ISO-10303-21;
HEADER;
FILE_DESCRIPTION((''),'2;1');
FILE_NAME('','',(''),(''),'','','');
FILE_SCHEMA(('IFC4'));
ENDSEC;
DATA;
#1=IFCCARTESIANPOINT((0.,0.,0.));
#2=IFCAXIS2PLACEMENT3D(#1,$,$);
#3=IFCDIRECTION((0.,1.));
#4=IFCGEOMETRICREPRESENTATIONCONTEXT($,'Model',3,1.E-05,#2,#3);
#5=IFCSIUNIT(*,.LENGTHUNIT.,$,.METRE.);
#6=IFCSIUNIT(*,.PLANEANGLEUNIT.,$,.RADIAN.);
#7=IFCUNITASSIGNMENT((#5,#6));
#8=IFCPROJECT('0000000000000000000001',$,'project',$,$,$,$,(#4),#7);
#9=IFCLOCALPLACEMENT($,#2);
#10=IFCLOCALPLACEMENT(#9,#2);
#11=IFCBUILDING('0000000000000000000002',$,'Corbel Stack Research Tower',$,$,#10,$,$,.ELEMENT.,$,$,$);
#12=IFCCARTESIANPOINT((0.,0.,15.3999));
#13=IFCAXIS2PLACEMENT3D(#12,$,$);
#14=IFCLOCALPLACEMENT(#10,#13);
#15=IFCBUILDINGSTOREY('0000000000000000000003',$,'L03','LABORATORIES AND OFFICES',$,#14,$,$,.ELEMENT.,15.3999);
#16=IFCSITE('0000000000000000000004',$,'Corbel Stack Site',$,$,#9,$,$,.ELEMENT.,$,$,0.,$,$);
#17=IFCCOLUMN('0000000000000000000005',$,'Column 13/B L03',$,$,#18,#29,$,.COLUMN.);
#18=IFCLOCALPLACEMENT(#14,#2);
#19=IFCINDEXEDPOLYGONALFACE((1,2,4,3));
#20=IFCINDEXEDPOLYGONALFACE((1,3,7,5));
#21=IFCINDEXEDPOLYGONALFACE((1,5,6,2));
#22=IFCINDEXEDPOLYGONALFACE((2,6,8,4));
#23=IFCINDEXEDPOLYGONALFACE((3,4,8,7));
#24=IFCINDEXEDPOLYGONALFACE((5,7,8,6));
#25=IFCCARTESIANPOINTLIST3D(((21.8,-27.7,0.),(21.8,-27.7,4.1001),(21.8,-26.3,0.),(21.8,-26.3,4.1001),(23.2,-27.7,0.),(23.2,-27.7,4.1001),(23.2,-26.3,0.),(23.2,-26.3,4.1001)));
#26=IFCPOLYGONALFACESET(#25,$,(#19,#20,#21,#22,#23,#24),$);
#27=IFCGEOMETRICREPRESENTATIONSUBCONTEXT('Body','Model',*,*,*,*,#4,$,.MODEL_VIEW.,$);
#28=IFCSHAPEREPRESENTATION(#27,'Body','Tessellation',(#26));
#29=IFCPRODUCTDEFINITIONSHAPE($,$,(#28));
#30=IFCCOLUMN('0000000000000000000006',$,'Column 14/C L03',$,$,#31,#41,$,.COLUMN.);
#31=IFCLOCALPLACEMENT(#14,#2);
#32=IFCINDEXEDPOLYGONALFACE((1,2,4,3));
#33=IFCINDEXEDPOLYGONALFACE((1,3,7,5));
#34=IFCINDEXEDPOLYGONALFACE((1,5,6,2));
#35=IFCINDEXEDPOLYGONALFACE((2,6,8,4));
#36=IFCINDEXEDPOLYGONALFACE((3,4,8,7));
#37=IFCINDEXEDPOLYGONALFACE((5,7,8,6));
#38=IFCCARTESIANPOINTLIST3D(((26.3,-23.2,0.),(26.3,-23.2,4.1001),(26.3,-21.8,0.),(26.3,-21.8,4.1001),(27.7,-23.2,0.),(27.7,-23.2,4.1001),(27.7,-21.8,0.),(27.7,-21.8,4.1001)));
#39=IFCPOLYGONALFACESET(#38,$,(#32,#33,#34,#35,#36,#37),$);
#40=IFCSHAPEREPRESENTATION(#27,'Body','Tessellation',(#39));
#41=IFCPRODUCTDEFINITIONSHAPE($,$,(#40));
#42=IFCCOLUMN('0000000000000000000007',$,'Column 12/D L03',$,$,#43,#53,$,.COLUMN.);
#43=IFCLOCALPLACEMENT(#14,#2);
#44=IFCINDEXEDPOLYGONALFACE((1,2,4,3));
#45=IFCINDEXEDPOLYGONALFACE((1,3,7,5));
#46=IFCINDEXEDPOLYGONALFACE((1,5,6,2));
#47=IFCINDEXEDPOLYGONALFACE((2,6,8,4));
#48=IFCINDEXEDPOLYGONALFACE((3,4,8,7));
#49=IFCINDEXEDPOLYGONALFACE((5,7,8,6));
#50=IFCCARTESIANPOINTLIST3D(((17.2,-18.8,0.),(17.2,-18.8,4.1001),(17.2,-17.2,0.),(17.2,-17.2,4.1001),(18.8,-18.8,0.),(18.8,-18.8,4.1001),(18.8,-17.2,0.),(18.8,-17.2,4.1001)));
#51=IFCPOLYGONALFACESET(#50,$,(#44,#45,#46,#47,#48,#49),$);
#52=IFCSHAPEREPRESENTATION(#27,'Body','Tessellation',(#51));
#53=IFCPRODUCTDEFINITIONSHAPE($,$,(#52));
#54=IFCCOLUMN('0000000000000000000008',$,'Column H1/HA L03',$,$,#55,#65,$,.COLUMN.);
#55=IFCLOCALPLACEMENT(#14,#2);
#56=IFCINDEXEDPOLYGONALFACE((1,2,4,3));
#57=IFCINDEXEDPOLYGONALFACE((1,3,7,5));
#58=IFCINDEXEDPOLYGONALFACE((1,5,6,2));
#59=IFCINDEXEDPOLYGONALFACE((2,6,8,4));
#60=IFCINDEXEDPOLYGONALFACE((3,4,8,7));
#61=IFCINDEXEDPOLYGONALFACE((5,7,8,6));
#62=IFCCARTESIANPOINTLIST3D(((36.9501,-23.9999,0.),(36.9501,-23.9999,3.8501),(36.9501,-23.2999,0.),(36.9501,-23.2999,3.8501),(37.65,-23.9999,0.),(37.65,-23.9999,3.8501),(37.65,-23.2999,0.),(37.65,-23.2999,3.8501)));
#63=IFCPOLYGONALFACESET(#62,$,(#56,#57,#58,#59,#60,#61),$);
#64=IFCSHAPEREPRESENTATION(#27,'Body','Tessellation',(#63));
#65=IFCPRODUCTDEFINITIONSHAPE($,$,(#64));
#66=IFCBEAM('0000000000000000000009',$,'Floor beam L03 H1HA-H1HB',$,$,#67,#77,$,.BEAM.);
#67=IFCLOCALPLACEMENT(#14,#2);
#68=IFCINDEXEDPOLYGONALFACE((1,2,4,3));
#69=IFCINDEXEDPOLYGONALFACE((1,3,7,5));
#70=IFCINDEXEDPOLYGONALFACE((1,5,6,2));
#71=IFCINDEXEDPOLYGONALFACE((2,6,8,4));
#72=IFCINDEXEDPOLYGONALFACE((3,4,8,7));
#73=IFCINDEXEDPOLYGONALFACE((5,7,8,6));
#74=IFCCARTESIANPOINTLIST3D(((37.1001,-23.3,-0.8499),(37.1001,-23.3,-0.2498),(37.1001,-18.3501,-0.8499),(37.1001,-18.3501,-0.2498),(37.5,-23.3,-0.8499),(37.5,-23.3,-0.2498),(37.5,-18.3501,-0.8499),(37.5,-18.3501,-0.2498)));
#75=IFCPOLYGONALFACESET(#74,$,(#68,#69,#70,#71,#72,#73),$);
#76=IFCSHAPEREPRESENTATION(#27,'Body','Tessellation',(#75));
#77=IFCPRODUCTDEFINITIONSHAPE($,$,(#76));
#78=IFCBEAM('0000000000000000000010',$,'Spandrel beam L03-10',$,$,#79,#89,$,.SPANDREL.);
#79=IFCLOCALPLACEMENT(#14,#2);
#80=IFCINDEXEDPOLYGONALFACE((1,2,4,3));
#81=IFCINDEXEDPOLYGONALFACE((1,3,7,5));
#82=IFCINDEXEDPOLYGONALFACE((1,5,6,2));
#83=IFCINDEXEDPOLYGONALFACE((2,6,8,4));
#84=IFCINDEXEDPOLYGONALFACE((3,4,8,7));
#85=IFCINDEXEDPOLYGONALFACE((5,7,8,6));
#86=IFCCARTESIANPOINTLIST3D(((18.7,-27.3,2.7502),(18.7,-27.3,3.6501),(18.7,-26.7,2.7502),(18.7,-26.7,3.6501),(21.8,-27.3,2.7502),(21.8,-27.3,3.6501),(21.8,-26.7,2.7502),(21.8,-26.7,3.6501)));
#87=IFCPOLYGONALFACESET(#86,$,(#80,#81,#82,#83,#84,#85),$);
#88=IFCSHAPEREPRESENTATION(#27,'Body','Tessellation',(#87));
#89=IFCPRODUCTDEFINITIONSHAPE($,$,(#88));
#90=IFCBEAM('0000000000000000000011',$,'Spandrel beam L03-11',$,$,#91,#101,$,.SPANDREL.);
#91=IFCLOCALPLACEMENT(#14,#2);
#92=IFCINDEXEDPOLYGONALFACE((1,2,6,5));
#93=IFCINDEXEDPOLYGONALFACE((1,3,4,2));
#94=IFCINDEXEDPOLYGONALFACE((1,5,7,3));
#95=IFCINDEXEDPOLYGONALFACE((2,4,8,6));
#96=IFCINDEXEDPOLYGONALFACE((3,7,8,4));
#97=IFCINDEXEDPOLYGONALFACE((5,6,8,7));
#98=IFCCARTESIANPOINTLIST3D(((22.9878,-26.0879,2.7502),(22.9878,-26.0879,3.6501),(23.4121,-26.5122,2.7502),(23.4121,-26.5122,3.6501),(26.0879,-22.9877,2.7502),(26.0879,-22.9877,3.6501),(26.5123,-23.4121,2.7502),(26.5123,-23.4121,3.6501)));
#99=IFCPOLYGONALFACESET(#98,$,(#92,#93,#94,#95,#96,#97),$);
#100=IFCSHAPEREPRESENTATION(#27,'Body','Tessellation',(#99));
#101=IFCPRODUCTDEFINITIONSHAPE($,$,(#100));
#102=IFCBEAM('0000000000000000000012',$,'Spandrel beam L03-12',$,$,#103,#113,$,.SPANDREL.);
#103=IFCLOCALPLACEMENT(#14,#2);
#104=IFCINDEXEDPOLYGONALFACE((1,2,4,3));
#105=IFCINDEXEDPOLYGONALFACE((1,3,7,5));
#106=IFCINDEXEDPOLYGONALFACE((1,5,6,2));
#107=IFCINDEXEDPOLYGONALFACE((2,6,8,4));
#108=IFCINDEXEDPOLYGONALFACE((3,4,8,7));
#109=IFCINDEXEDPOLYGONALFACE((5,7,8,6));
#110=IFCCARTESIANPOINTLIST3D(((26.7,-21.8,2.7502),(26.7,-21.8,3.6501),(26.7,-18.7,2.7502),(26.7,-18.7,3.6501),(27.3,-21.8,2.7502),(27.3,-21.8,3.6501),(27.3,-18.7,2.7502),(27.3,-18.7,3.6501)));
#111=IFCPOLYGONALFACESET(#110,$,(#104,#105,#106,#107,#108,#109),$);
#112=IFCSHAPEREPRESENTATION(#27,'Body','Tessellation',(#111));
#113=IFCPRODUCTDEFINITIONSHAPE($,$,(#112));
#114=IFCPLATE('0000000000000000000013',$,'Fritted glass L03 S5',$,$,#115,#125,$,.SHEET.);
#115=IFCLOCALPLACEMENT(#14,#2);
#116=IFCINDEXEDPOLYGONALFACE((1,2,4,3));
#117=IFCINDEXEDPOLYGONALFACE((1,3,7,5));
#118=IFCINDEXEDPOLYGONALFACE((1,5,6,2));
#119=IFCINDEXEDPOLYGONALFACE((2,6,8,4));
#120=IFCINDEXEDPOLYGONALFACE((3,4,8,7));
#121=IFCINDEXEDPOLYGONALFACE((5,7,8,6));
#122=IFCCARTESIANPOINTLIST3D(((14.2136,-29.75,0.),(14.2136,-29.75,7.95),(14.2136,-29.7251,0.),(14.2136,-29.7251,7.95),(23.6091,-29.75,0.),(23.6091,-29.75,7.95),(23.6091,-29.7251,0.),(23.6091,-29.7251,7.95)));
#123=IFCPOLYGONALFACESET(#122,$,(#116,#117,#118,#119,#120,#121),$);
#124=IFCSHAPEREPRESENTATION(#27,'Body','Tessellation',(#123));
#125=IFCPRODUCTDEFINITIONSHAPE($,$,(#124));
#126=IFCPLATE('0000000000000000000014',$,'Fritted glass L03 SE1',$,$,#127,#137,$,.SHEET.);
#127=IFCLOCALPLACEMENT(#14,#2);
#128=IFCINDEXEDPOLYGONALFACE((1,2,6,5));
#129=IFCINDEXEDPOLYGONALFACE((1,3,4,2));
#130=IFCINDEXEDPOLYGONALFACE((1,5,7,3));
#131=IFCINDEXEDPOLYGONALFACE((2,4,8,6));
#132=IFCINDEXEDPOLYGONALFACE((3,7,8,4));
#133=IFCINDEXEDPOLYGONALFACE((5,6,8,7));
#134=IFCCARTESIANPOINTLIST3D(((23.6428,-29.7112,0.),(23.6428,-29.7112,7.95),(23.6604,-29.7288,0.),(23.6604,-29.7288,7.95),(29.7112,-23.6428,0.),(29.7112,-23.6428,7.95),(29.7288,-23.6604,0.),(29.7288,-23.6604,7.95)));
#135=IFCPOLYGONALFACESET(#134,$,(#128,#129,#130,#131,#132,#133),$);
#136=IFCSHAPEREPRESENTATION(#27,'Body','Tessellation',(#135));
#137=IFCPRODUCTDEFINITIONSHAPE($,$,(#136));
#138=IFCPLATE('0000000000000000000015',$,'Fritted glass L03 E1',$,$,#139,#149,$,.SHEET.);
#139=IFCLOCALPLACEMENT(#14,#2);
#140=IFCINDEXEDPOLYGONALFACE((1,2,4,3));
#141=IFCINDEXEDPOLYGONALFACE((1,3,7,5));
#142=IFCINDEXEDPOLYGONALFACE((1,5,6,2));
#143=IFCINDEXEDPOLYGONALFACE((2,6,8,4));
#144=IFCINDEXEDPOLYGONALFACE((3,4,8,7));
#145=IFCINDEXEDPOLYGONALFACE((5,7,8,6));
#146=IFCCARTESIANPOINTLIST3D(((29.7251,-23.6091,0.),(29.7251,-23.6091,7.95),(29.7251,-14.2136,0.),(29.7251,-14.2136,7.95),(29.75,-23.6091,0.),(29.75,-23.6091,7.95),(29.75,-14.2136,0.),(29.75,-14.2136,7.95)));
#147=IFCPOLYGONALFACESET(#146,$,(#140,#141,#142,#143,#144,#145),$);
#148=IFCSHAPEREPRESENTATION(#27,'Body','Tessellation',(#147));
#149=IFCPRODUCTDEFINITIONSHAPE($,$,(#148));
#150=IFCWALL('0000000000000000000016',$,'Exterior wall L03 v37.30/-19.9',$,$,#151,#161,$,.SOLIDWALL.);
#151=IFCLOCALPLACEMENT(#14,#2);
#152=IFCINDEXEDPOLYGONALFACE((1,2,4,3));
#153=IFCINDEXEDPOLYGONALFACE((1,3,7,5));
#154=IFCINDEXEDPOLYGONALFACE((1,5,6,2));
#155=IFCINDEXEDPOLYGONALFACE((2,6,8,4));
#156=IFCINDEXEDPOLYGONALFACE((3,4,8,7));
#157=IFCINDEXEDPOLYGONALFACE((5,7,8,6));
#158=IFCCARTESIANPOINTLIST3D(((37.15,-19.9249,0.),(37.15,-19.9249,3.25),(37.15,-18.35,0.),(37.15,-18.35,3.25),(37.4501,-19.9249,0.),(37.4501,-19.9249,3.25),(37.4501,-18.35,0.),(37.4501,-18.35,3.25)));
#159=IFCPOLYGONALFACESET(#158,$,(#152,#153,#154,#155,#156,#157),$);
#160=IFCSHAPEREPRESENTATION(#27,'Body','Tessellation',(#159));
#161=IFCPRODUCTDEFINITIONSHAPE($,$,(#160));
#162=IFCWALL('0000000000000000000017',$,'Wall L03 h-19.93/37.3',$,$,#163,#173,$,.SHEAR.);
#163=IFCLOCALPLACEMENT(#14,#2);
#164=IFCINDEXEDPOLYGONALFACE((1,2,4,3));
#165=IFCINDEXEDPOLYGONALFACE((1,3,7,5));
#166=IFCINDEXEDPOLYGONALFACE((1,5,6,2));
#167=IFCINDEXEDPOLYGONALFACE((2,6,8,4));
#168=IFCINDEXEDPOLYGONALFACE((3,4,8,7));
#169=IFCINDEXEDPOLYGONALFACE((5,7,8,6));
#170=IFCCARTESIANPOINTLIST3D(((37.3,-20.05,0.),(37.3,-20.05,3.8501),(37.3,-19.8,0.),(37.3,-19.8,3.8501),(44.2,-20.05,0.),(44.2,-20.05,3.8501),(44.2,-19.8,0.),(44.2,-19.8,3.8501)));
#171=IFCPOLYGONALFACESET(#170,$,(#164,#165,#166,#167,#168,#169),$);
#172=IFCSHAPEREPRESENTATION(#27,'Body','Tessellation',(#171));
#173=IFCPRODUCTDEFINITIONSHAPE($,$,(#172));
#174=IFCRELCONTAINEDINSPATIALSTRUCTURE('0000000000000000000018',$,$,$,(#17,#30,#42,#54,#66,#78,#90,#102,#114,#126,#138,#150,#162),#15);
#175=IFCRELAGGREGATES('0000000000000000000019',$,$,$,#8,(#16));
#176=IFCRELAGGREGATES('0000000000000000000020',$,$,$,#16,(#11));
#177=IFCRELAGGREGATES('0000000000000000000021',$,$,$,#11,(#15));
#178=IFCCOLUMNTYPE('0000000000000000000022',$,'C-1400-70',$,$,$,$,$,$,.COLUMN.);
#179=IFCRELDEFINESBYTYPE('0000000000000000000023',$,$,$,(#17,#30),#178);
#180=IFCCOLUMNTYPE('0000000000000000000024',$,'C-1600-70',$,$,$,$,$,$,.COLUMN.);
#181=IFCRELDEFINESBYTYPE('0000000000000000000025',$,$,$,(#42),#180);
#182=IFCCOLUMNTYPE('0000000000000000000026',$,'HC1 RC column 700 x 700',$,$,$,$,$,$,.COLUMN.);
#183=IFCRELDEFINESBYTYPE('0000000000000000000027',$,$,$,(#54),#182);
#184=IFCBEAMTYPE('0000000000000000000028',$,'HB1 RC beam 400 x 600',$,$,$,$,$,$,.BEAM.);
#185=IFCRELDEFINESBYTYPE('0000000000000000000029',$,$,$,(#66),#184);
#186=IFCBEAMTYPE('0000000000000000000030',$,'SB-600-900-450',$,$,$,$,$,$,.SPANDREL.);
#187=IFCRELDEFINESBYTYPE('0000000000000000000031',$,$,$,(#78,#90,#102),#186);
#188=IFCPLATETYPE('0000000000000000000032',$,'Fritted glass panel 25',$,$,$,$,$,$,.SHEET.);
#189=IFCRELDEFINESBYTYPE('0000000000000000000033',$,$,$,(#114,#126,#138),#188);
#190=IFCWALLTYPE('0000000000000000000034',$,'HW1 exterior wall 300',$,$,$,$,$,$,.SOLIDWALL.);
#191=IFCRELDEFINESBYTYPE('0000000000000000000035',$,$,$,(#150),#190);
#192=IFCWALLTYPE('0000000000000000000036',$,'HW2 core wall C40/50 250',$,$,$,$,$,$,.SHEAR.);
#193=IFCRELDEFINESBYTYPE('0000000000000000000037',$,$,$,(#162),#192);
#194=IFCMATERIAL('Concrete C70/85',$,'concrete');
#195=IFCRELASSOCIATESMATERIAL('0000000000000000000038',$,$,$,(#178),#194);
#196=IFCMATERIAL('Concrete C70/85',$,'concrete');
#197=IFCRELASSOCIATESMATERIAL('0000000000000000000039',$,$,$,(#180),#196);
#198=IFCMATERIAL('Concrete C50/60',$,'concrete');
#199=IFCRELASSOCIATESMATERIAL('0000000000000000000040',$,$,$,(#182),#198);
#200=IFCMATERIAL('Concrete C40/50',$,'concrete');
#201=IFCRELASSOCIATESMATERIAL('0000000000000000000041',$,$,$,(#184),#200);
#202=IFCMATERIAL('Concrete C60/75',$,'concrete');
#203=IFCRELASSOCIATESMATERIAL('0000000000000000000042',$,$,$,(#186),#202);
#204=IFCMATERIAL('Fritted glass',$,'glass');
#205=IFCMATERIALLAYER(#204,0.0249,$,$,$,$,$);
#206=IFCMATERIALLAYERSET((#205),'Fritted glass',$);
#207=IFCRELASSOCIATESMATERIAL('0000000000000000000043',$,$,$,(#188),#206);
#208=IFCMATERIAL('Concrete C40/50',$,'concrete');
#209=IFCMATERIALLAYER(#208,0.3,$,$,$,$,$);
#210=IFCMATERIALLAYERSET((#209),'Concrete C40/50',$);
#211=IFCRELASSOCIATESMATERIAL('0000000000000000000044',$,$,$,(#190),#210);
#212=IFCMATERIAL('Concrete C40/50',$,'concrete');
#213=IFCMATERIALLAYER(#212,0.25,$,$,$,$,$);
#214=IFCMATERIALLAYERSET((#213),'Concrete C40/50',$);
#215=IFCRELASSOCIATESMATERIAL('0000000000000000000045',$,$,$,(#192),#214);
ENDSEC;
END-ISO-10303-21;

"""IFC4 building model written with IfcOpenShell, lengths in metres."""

from ifc_helpers import new_model, si_unit, direction, frame, frame_2d, origin, origin_2d, place, context, subcontext, project, spatial, rectangle, extrude, material, layer, layer_set, material_profile, profile_set, type_object, element, save


model = new_model("IFC4")

# Units and contexts
model_context = context("Model", 3, precision=1e-05, world=origin(), true_north=direction((0.0, 1.0)))
body_context = subcontext(model_context, "Body", "Model", "MODEL_VIEW")
ifc_project = project(units=[si_unit("LENGTHUNIT", "METRE"), si_unit("PLANEANGLEUNIT", "RADIAN")], contexts=[model_context])

# Site, building, storey
site_placement = place(None, origin())
site = spatial("IfcSite", under=ifc_project, at=site_placement, Name="Corbel Stack Site", CompositionType="ELEMENT", RefElevation=0.0)
building_placement = place(site_placement, origin())
building = spatial("IfcBuilding", under=site, at=building_placement, Name="Corbel Stack Research Tower", CompositionType="ELEMENT")
storey_placement = place(building_placement, frame((0.0, 0.0, 15.3999)))
storey = spatial("IfcBuildingStorey", under=building, at=storey_placement, Name="L03", Description="LABORATORIES AND OFFICES", CompositionType="ELEMENT", Elevation=15.3999)

# Columns
ifc_material_1 = material(Name="Concrete C70/85", Category="concrete")
ifc_material_profile_1 = material_profile(ifc_material_1, rectangle(XDim=1.3999, YDim=1.3999, at=origin_2d()), Name="RC 1400 x 1400")
ifc_profile_set_1 = profile_set([ifc_material_profile_1], Name="Concrete C70/85")
column_type_1 = type_object("IfcColumnType", Name="C-1400-70", PredefinedType="COLUMN", material=ifc_profile_set_1)
for number, where, z_axis, x_axis, name in (
    (1, (22.5, -27.0, 0.0), (0.0, 0.0, 1.0), (1.0, 0.0, 0.0), "Column 13/B L03"),
    (2, (27.0, -22.5, 0.0), (0.0, 0.0, 1.0), (1.0, 0.0, 0.0), "Column 14/C L03"),
):
    element("IfcColumn", number, at=place(storey_placement, frame(where, z_axis=z_axis, x_axis=x_axis)), inside=storey, type_object=column_type_1, Name=name, PredefinedType="COLUMN", context=body_context, shape_type="SweptSolid", body=[
        extrude(rectangle(XDim=1.3999, YDim=1.3999, at=origin_2d()), origin(), (0.0, 0.0, 1.0), 4.1001),
    ])
ifc_material_2 = material(Name="Concrete C70/85", Category="concrete")
ifc_material_profile_2 = material_profile(ifc_material_2, rectangle(XDim=1.6001, YDim=1.6001, at=origin_2d()), Name="RC 1600 x 1600")
ifc_profile_set_2 = profile_set([ifc_material_profile_2], Name="Concrete C70/85")
column_type_2 = type_object("IfcColumnType", Name="C-1600-70", PredefinedType="COLUMN", material=ifc_profile_set_2)
column_1_placement = place(storey_placement, frame((18.0, -18.0, 0.0), z_axis=(0.0, 0.0, 1.0), x_axis=(1.0, 0.0, 0.0)))
element("IfcColumn", 3, at=column_1_placement, inside=storey, type_object=column_type_2, Name="Column 12/D L03", PredefinedType="COLUMN", context=body_context, shape_type="SweptSolid", body=[
    extrude(rectangle(XDim=1.6001, YDim=1.6001, at=origin_2d()), origin(), (0.0, 0.0, 1.0), 4.1001),
])
ifc_material_3 = material(Name="Concrete C50/60", Category="concrete")
ifc_material_profile_3 = material_profile(ifc_material_3, rectangle(XDim=0.7, YDim=0.7, at=origin_2d()), Name="RC 700 x 700")
ifc_profile_set_3 = profile_set([ifc_material_profile_3], Name="Concrete C50/60")
column_type_3 = type_object("IfcColumnType", Name="HC1 RC column 700 x 700", PredefinedType="COLUMN", material=ifc_profile_set_3)
column_2_placement = place(storey_placement, frame((37.3, -23.6499, 0.0), z_axis=(0.0, 0.0, 1.0), x_axis=(1.0, 0.0, 0.0)))
element("IfcColumn", 4, at=column_2_placement, inside=storey, type_object=column_type_3, Name="Column H1/HA L03", PredefinedType="COLUMN", context=body_context, shape_type="SweptSolid", body=[
    extrude(rectangle(XDim=0.7, YDim=0.7, at=origin_2d()), origin(), (0.0, 0.0, 1.0), 3.8501),
])

# Beams
ifc_material_4 = material(Name="Concrete C40/50", Category="concrete")
ifc_material_profile_4 = material_profile(ifc_material_4, rectangle(XDim=0.3999, YDim=0.6001, at=origin_2d()), Name="RC 400 x 600")
ifc_profile_set_4 = profile_set([ifc_material_profile_4], Name="Concrete C40/50")
beam_type_1 = type_object("IfcBeamType", Name="HB1 RC beam 400 x 600", PredefinedType="BEAM", material=ifc_profile_set_4)
beam_1_placement = place(storey_placement, frame((37.3, -23.3, -0.5498), z_axis=(0.0, 1.0, 0.0), x_axis=(-1.0, 0.0, 0.0)))
element("IfcBeam", 5, at=beam_1_placement, inside=storey, type_object=beam_type_1, Name="Floor beam L03 H1HA-H1HB", PredefinedType="BEAM", context=body_context, shape_type="SweptSolid", body=[
    extrude(rectangle(XDim=0.3999, YDim=0.6001, at=origin_2d()), origin(), (0.0, 0.0, 1.0), 4.95),
])
ifc_material_5 = material(Name="Concrete C60/75", Category="concrete")
ifc_material_profile_5 = material_profile(ifc_material_5, rectangle(XDim=0.6001, YDim=0.8999, at=origin_2d()), Name="RC 600 x 900")
ifc_profile_set_5 = profile_set([ifc_material_profile_5], Name="Concrete C60/75")
beam_type_2 = type_object("IfcBeamType", Name="SB-600-900-450", PredefinedType="SPANDREL", material=ifc_profile_set_5)
beam_2_placement = place(storey_placement, frame((18.7, -27.0, 3.2002), z_axis=(1.0, 0.0, 0.0), x_axis=(0.0, 1.0, 0.0)))
element("IfcBeam", 6, at=beam_2_placement, inside=storey, type_object=beam_type_2, Name="Spandrel beam L03-10", PredefinedType="SPANDREL", context=body_context, shape_type="SweptSolid", body=[
    extrude(rectangle(XDim=0.6001, YDim=0.8999, at=origin_2d()), origin(), (0.0, 0.0, 1.0), 3.1001),
])
beam_3_placement = place(storey_placement, frame((23.2, -26.3, 3.2002), z_axis=(0.707107, 0.707107, 0.0), x_axis=(-0.707107, 0.707107, 0.0)))
element("IfcBeam", 7, at=beam_3_placement, inside=storey, type_object=beam_type_2, Name="Spandrel beam L03-11", PredefinedType="SPANDREL", context=body_context, shape_type="SweptSolid", body=[
    extrude(rectangle(XDim=0.6001, YDim=0.8999, at=origin_2d()), origin(), (0.0, 0.0, 1.0), 4.3843),
])
beam_4_placement = place(storey_placement, frame((27.0, -21.8, 3.2002), z_axis=(0.0, 1.0, 0.0), x_axis=(-1.0, 0.0, 0.0)))
element("IfcBeam", 8, at=beam_4_placement, inside=storey, type_object=beam_type_2, Name="Spandrel beam L03-12", PredefinedType="SPANDREL", context=body_context, shape_type="SweptSolid", body=[
    extrude(rectangle(XDim=0.6001, YDim=0.8999, at=origin_2d()), origin(), (0.0, 0.0, 1.0), 3.1001),
])

# Plates
ifc_material_6 = material(Name="Fritted glass", Category="glass")
ifc_layer_1 = layer(ifc_material_6, 0.0249)
ifc_layer_set_1 = layer_set([ifc_layer_1], Name="Fritted glass")
plate_type = type_object("IfcPlateType", Name="Fritted glass panel 25", PredefinedType="SHEET", material=ifc_layer_set_1)
plate_1_placement = place(storey_placement, frame((18.9114, -29.7375, 0.0), z_axis=(0.0, 0.0, 1.0), x_axis=(1.0, 0.0, 0.0)))
element("IfcPlate", 9, at=plate_1_placement, inside=storey, type_object=plate_type, Name="Fritted glass L03 S5", PredefinedType="SHEET", context=body_context, shape_type="SweptSolid", body=[
    extrude(rectangle(XDim=9.3955, YDim=0.0249, at=origin_2d()), origin(), (0.0, 0.0, 1.0), 7.95),
])
plate_2_placement = place(storey_placement, frame((26.6858, -26.6858, 0.0), z_axis=(0.0, 0.0, 1.0), x_axis=(0.707107, 0.707107, 0.0)))
element("IfcPlate", 10, at=plate_2_placement, inside=storey, type_object=plate_type, Name="Fritted glass L03 SE1", PredefinedType="SHEET", context=body_context, shape_type="SweptSolid", body=[
    extrude(rectangle(XDim=8.582, YDim=0.0249, at=origin_2d()), origin(), (0.0, 0.0, 1.0), 7.95),
])
plate_3_placement = place(storey_placement, frame((29.7375, -18.9114, 0.0), z_axis=(0.0, 0.0, 1.0), x_axis=(0.0, 1.0, 0.0)))
element("IfcPlate", 11, at=plate_3_placement, inside=storey, type_object=plate_type, Name="Fritted glass L03 E1", PredefinedType="SHEET", context=body_context, shape_type="SweptSolid", body=[
    extrude(rectangle(XDim=9.3955, YDim=0.0249, at=origin_2d()), origin(), (0.0, 0.0, 1.0), 7.95),
])

# Walls
ifc_material_7 = material(Name="Concrete C40/50", Category="concrete")
ifc_layer_2 = layer(ifc_material_7, 0.3)
ifc_layer_set_2 = layer_set([ifc_layer_2], Name="Concrete C40/50")
wall_type_1 = type_object("IfcWallType", Name="HW1 exterior wall 300", PredefinedType="SOLIDWALL", material=ifc_layer_set_2)
wall_1_placement = place(storey_placement, frame((37.3, -19.925, 0.0), z_axis=(0.0, 0.0, 1.0), x_axis=(0.0, 1.0, 0.0)))
element("IfcWall", 12, at=wall_1_placement, inside=storey, type_object=wall_type_1, Name="Exterior wall L03 v37.30/-19.9", PredefinedType="SOLIDWALL", context=body_context, shape_type="SweptSolid", body=[
    extrude(rectangle(XDim=1.575, YDim=0.3, at=frame_2d((0.7876, 0.0))), origin(), (0.0, 0.0, 1.0), 3.25),
])
ifc_material_8 = material(Name="Concrete C40/50", Category="concrete")
ifc_layer_3 = layer(ifc_material_8, 0.25)
ifc_layer_set_3 = layer_set([ifc_layer_3], Name="Concrete C40/50")
wall_type_2 = type_object("IfcWallType", Name="HW2 core wall C40/50 250", PredefinedType="SHEAR", material=ifc_layer_set_3)
wall_2_placement = place(storey_placement, frame((37.3, -19.925, 0.0), z_axis=(0.0, 0.0, 1.0), x_axis=(1.0, 0.0, 0.0)))
element("IfcWall", 13, at=wall_2_placement, inside=storey, type_object=wall_type_2, Name="Wall L03 h-19.93/37.3", PredefinedType="SHEAR", context=body_context, shape_type="SweptSolid", body=[
    extrude(rectangle(XDim=6.8999, YDim=0.25, at=frame_2d((3.45, 0.0))), origin(), (0.0, 0.0, 1.0), 3.8501),
])

save(model, "model.ifc")
